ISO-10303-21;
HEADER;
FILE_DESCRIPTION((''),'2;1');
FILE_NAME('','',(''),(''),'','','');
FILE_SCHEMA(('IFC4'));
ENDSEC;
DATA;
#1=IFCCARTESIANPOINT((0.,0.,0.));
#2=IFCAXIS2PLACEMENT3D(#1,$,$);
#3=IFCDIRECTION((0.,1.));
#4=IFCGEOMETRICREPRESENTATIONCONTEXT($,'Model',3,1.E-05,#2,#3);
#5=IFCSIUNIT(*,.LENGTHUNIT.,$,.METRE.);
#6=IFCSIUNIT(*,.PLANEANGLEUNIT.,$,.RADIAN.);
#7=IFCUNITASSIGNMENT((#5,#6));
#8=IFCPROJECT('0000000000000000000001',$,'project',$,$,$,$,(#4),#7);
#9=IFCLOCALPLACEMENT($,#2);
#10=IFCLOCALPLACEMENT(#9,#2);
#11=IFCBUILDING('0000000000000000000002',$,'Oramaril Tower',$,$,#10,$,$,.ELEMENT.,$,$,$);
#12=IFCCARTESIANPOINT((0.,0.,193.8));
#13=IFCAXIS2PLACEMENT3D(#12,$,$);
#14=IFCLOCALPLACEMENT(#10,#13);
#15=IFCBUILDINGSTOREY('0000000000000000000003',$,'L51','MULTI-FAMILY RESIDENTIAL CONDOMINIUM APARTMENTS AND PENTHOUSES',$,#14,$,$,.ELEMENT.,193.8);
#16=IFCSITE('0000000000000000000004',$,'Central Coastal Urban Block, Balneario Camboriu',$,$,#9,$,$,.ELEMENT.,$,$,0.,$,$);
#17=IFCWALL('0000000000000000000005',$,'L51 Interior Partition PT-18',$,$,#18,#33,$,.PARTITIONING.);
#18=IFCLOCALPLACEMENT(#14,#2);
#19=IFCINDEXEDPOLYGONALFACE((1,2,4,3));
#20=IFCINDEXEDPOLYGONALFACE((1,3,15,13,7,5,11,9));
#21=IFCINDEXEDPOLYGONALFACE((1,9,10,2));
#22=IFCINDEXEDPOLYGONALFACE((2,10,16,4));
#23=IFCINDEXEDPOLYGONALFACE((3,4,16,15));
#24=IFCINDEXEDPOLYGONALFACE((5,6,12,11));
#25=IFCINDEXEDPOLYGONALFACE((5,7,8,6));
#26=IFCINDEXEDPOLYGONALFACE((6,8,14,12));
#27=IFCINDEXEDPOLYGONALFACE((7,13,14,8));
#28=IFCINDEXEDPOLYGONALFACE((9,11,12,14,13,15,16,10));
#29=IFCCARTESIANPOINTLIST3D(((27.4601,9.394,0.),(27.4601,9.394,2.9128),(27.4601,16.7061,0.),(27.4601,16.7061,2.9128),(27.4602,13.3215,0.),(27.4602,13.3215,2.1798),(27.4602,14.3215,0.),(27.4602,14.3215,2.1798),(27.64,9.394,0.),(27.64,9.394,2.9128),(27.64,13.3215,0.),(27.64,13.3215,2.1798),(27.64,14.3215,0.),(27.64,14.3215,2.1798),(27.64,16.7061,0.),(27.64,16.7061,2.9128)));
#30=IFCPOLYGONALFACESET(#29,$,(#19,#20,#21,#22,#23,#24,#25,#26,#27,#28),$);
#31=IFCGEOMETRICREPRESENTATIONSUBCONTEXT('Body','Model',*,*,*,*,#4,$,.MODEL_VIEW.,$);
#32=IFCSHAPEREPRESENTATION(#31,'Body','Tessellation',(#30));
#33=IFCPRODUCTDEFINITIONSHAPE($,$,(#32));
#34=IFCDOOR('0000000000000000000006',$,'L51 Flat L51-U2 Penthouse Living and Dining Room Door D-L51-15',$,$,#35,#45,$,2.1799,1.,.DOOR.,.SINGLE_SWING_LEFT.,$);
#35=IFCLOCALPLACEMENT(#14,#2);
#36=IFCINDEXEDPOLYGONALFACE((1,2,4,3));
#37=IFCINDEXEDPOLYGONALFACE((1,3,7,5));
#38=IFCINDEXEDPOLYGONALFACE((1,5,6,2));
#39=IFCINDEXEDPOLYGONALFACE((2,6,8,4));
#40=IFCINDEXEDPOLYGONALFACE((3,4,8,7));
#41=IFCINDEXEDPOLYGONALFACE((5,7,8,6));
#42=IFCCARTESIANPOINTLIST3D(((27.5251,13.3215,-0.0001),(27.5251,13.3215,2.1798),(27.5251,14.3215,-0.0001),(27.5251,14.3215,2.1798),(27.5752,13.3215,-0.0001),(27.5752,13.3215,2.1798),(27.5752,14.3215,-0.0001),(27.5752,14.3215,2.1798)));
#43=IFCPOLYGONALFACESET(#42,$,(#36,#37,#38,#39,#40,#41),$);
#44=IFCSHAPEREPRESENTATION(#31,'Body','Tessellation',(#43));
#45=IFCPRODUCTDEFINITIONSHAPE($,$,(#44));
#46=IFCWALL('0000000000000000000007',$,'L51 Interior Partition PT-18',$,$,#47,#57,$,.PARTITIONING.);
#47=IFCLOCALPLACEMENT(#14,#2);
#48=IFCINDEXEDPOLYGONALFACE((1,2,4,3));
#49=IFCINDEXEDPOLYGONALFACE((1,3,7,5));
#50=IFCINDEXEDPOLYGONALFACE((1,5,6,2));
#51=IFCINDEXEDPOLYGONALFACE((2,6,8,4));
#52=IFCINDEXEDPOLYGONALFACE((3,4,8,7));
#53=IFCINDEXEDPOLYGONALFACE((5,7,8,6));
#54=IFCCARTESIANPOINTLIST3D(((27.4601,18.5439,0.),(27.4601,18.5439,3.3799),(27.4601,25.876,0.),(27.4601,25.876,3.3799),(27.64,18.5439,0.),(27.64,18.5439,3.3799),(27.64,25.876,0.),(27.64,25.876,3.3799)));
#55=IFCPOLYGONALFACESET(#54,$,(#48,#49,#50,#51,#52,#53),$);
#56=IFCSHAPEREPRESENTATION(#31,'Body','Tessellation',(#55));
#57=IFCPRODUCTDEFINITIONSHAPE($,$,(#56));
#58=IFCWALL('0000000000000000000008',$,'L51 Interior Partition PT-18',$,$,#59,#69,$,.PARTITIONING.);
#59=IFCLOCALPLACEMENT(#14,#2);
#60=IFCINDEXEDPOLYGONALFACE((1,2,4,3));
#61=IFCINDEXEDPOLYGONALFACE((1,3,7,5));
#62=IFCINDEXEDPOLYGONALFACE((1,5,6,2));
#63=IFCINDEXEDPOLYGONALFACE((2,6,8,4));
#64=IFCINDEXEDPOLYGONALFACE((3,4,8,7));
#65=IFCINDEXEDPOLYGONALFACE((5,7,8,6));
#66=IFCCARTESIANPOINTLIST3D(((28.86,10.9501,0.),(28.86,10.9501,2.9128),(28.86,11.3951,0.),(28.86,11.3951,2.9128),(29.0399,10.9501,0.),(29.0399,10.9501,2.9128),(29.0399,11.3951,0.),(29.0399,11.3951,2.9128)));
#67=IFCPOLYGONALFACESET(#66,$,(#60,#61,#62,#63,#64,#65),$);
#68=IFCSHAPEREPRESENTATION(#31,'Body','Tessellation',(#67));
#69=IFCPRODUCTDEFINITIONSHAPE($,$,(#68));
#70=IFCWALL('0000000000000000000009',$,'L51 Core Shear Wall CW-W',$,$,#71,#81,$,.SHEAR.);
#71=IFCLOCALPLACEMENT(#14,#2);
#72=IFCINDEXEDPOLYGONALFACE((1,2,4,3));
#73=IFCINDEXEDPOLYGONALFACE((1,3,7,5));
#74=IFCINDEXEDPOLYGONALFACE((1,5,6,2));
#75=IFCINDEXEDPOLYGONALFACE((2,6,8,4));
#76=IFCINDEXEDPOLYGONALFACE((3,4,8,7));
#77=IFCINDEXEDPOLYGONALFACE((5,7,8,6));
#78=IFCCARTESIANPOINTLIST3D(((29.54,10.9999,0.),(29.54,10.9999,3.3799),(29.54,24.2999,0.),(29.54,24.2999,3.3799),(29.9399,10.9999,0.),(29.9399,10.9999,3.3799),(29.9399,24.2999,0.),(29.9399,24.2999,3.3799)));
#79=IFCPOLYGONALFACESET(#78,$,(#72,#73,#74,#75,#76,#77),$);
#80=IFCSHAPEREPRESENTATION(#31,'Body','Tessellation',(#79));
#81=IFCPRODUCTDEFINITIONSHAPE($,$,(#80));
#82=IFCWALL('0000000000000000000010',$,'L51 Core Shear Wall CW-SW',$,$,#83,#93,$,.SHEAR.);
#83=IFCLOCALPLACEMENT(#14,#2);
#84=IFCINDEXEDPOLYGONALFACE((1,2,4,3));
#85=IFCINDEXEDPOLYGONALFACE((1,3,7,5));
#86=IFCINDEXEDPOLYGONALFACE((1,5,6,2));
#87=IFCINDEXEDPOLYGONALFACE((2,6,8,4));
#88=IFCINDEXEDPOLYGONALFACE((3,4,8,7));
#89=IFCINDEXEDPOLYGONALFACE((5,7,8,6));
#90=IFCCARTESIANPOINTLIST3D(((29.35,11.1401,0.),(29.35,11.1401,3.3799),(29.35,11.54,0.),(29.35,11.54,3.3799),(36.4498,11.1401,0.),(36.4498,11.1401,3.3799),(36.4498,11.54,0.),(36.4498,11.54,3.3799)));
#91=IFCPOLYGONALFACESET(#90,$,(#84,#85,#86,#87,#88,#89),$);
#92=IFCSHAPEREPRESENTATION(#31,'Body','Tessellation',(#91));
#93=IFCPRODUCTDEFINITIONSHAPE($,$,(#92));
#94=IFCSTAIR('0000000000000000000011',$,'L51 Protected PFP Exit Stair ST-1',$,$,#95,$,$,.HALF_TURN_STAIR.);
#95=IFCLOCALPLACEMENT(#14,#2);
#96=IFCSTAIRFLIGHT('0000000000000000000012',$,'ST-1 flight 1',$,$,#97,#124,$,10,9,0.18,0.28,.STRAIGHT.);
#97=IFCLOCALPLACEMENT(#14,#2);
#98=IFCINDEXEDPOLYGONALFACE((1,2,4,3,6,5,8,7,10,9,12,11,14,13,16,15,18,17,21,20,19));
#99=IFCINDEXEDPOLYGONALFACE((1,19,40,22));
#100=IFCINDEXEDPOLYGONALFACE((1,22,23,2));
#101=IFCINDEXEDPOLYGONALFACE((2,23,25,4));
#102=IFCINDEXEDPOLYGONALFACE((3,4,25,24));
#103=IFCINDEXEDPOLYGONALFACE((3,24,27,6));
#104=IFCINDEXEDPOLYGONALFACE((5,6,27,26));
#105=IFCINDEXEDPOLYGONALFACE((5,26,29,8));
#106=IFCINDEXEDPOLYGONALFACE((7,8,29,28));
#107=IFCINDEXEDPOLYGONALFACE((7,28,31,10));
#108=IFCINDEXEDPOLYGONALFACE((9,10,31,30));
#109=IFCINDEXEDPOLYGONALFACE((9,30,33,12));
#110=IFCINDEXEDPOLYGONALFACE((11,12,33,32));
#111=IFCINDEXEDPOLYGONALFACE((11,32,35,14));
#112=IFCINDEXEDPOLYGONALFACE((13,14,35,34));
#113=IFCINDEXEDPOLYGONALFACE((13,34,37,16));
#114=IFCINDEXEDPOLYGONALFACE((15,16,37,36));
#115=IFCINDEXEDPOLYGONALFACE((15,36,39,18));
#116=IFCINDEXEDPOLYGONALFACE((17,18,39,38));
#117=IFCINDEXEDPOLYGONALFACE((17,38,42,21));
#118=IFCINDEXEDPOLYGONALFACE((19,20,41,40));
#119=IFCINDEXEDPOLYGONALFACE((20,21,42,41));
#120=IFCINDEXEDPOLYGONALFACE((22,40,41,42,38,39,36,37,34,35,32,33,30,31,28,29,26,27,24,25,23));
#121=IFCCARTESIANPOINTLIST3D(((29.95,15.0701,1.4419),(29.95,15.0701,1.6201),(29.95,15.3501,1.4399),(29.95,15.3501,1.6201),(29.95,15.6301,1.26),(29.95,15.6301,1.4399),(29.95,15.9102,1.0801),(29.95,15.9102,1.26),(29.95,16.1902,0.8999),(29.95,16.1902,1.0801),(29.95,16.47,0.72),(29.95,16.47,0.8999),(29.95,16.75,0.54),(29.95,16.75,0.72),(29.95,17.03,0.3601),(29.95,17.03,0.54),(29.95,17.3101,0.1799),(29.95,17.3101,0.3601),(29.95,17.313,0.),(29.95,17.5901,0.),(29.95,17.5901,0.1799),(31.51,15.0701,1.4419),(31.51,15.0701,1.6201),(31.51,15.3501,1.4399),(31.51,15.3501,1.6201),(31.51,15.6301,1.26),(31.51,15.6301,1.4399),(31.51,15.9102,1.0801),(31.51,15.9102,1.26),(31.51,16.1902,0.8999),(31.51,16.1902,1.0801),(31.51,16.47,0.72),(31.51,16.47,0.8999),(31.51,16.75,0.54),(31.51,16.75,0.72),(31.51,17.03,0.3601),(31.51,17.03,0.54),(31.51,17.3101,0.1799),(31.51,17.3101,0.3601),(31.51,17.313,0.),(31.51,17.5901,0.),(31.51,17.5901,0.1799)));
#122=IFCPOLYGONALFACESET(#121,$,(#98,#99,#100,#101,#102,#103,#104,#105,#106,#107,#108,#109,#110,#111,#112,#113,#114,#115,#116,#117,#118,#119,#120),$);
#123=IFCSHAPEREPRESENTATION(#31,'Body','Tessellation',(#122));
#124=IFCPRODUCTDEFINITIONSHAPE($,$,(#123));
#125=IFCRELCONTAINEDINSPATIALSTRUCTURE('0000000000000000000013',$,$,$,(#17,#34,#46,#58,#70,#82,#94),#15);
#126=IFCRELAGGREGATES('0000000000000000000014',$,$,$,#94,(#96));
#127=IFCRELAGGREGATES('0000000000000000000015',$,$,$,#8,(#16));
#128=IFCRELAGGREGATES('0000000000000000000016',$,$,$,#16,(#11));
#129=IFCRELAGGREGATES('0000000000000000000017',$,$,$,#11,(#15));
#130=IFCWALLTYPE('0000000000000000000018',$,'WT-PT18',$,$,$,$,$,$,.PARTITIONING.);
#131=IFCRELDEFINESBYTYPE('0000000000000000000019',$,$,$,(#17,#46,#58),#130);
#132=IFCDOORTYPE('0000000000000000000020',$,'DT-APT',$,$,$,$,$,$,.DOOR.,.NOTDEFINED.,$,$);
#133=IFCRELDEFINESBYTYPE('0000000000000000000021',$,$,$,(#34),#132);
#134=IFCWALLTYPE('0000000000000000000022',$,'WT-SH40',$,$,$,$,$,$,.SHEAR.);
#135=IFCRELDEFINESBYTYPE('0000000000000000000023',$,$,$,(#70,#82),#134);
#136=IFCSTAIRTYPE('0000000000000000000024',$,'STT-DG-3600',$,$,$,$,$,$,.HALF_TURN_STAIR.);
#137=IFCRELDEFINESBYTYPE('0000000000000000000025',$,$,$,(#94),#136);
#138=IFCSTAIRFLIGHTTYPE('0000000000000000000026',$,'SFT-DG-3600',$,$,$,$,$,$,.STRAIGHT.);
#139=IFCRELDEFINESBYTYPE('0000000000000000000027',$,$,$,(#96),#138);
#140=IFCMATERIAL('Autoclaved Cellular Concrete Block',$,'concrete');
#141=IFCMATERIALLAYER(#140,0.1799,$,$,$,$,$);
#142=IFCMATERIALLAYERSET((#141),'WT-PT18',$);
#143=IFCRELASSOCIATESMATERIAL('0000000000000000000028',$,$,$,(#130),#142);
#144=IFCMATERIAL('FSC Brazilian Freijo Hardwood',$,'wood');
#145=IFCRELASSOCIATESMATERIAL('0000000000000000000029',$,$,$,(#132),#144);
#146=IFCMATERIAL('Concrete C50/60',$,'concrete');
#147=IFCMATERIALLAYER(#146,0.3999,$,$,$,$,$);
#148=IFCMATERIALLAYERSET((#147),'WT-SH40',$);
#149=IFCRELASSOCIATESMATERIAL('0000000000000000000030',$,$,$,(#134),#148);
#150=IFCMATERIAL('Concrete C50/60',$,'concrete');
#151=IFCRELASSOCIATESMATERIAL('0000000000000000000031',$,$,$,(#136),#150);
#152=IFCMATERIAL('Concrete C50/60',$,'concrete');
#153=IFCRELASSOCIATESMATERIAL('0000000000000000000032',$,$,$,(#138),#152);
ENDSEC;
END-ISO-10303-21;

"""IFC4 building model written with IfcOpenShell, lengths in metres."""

from ifc_helpers import new_model, si_unit, direction, frame, frame_2d, origin, place, context, subcontext, project, spatial, polyline, rectangle, outline, extrude, material, layer, layer_set, type_object, element, fill, aggregate, save


model = new_model("IFC4")

# Units and contexts
model_context = context("Model", 3, precision=1e-05, world=origin(), true_north=direction((0.0, 1.0)))
body_context = subcontext(model_context, "Body", "Model", "MODEL_VIEW")
ifc_project = project(units=[si_unit("LENGTHUNIT", "METRE"), si_unit("PLANEANGLEUNIT", "RADIAN")], contexts=[model_context])

# Site, building, storey
site_placement = place(None, origin())
site = spatial("IfcSite", under=ifc_project, at=site_placement, Name="Central Coastal Urban Block, Balneario Camboriu", CompositionType="ELEMENT", RefElevation=0.0)
building_placement = place(site_placement, origin())
building = spatial("IfcBuilding", under=site, at=building_placement, Name="Oramaril Tower", CompositionType="ELEMENT")
storey_placement = place(building_placement, frame((0.0, 0.0, 193.8)))
storey = spatial("IfcBuildingStorey", under=building, at=storey_placement, Name="L51", Description="MULTI-FAMILY RESIDENTIAL CONDOMINIUM APARTMENTS AND PENTHOUSES", CompositionType="ELEMENT", Elevation=193.8)

# Shared definitions
ifc_material_1 = material(Name="Autoclaved Cellular Concrete Block", Category="concrete")
ifc_layer_1 = layer(ifc_material_1, 0.1799)
ifc_layer_set_1 = layer_set([ifc_layer_1], Name="WT-PT18")
wall_type_1 = type_object("IfcWallType", Name="WT-PT18", PredefinedType="PARTITIONING", material=ifc_layer_set_1)
ifc_material_2 = material(Name="FSC Brazilian Freijo Hardwood", Category="wood")
door_type_1 = type_object("IfcDoorType", Name="DT-APT", OperationType="NOTDEFINED", PredefinedType="DOOR", material=ifc_material_2)

# Wall, opening, door
wall_1_placement = place(storey_placement, frame((27.55, 9.394, 0.0), z_axis=(0.0, 0.0, 1.0), x_axis=(0.0, 1.0, 0.0)))
wall_1 = element("IfcWall", 1, at=wall_1_placement, inside=storey, type_object=wall_type_1, Name="L51 Interior Partition PT-18", PredefinedType="PARTITIONING", context=body_context, shape_type="SweptSolid", body=[
    extrude(rectangle(XDim=7.312, YDim=0.1799, at=frame_2d((3.656, 0.0))), origin(), (0.0, 0.0, 1.0), 2.9128),
])
opening_1_placement = place(wall_1_placement, frame((3.9275, 0.0, 0.0)))
opening_1 = element("IfcOpeningElement", 2, at=opening_1_placement, cuts=wall_1, PredefinedType="OPENING", context=body_context, shape_type="SweptSolid", body=[
    extrude(rectangle(XDim=1.0, YDim=2.1799, at=frame_2d((0.5, 1.0898))), frame((0.0, 0.0898, 0.0), z_axis=(0.0, -1.0, 0.0), x_axis=(1.0, 0.0, 0.0)), (0.0, 0.0, 1.0), 0.1799),
])
door_1_placement = place(opening_1_placement, origin())
door_1 = element("IfcDoor", 3, at=door_1_placement, inside=storey, type_object=door_type_1, Name="L51 Flat L51-U2 Penthouse Living and Dining Room Door D-L51-15", OperationType="SINGLE_SWING_LEFT", OverallHeight=2.1799, OverallWidth=1.0, PredefinedType="DOOR", context=body_context, shape_type="SweptSolid", body=[
    extrude(rectangle(XDim=1.0, YDim=2.1799, at=frame_2d((0.5, 1.0898))), frame((0.0, 0.0249, 0.0), z_axis=(0.0, -1.0, 0.0), x_axis=(1.0, 0.0, 0.0)), (0.0, 0.0, 1.0), 0.05),
])
fill(opening_1, door_1)

# Walls
wall_2_placement = place(storey_placement, frame((27.55, 18.5439, 0.0), z_axis=(0.0, 0.0, 1.0), x_axis=(0.0, 1.0, 0.0)))
element("IfcWall", 4, at=wall_2_placement, inside=storey, type_object=wall_type_1, Name="L51 Interior Partition PT-18", PredefinedType="PARTITIONING", context=body_context, shape_type="SweptSolid", body=[
    extrude(rectangle(XDim=7.332, YDim=0.1799, at=frame_2d((3.666, 0.0))), origin(), (0.0, 0.0, 1.0), 3.3799),
])
wall_3_placement = place(storey_placement, frame((28.95, 10.95, 0.0), z_axis=(0.0, 0.0, 1.0), x_axis=(0.0, 1.0, 0.0)))
element("IfcWall", 5, at=wall_3_placement, inside=storey, type_object=wall_type_1, Name="L51 Interior Partition PT-18", PredefinedType="PARTITIONING", context=body_context, shape_type="SweptSolid", body=[
    extrude(rectangle(XDim=0.4451, YDim=0.1799, at=frame_2d((0.2227, 0.0))), origin(), (0.0, 0.0, 1.0), 2.9128),
])

# Walls
ifc_material_3 = material(Name="Concrete C50/60", Category="concrete")
ifc_layer_2 = layer(ifc_material_3, 0.3999)
ifc_layer_set_2 = layer_set([ifc_layer_2], Name="WT-SH40")
wall_type_2 = type_object("IfcWallType", Name="WT-SH40", PredefinedType="SHEAR", material=ifc_layer_set_2)
wall_4_placement = place(storey_placement, frame((29.74, 11.0, 0.0), z_axis=(0.0, 0.0, 1.0), x_axis=(0.0, 1.0, 0.0)))
element("IfcWall", 6, at=wall_4_placement, inside=storey, type_object=wall_type_2, Name="L51 Core Shear Wall CW-W", PredefinedType="SHEAR", context=body_context, shape_type="SweptSolid", body=[
    extrude(rectangle(XDim=13.3, YDim=0.3999, at=frame_2d((6.6499, 0.0))), origin(), (0.0, 0.0, 1.0), 3.3799),
])
wall_5_placement = place(storey_placement, frame((29.3501, 11.3401, 0.0), z_axis=(0.0, 0.0, 1.0), x_axis=(1.0, 0.0, 0.0)))
element("IfcWall", 7, at=wall_5_placement, inside=storey, type_object=wall_type_2, Name="L51 Core Shear Wall CW-SW", PredefinedType="SHEAR", context=body_context, shape_type="SweptSolid", body=[
    extrude(rectangle(XDim=7.0999, YDim=0.3999, at=frame_2d((3.5498, 0.0))), origin(), (0.0, 0.0, 1.0), 3.3799),
])

# Stair, stair flight
ifc_material_4 = material(Name="Concrete C50/60", Category="concrete")
stair_type = type_object("IfcStairType", Name="STT-DG-3600", PredefinedType="HALF_TURN_STAIR", material=ifc_material_4)
stair_placement = place(storey_placement, origin())
stair = element("IfcStair", 8, at=stair_placement, inside=storey, type_object=stair_type, Name="L51 Protected PFP Exit Stair ST-1", PredefinedType="HALF_TURN_STAIR")
ifc_material_5 = material(Name="Concrete C50/60", Category="concrete")
stair_flight_type = type_object("IfcStairFlightType", Name="SFT-DG-3600", PredefinedType="STRAIGHT", material=ifc_material_5)
stair_flight_placement = place(storey_placement, frame((30.73, 17.5901, 0.0), z_axis=(0.0, 0.0, 1.0), x_axis=(0.0, -1.0, 0.0)))
stair_flight = element("IfcStairFlight", 9, at=stair_flight_placement, type_object=stair_flight_type, Name="ST-1 flight 1", NumberOfRisers=10, NumberOfTreads=9, PredefinedType="STRAIGHT", RiserHeight=0.18, TreadLength=0.28, context=body_context, shape_type="SweptSolid", body=[
    extrude(outline(polyline([(0.0, 0.0), (0.0, 0.1799), (0.28, 0.1799), (0.28, 0.3601), (0.5601, 0.3601), (0.5601, 0.54), (0.8401, 0.54), (0.8401, 0.72), (1.1201, 0.72), (1.1201, 0.8999), (1.3999, 0.8999), (1.3999, 1.0801), (1.6799, 1.0801), (1.6799, 1.26), (1.96, 1.26), (1.96, 1.4399), (2.24, 1.4399), (2.24, 1.6201), (2.52, 1.6201), (2.52, 1.8), (2.52, 1.4419), (0.2771, 0.0), (0.0, 0.0)])), frame((0.0, 0.78, 0.0), z_axis=(0.0, -1.0, 0.0), x_axis=(1.0, 0.0, 0.0)), (0.0, 0.0, 1.0), 1.5601),
])
aggregate(stair, [stair_flight])

save(model, "model.ifc")
